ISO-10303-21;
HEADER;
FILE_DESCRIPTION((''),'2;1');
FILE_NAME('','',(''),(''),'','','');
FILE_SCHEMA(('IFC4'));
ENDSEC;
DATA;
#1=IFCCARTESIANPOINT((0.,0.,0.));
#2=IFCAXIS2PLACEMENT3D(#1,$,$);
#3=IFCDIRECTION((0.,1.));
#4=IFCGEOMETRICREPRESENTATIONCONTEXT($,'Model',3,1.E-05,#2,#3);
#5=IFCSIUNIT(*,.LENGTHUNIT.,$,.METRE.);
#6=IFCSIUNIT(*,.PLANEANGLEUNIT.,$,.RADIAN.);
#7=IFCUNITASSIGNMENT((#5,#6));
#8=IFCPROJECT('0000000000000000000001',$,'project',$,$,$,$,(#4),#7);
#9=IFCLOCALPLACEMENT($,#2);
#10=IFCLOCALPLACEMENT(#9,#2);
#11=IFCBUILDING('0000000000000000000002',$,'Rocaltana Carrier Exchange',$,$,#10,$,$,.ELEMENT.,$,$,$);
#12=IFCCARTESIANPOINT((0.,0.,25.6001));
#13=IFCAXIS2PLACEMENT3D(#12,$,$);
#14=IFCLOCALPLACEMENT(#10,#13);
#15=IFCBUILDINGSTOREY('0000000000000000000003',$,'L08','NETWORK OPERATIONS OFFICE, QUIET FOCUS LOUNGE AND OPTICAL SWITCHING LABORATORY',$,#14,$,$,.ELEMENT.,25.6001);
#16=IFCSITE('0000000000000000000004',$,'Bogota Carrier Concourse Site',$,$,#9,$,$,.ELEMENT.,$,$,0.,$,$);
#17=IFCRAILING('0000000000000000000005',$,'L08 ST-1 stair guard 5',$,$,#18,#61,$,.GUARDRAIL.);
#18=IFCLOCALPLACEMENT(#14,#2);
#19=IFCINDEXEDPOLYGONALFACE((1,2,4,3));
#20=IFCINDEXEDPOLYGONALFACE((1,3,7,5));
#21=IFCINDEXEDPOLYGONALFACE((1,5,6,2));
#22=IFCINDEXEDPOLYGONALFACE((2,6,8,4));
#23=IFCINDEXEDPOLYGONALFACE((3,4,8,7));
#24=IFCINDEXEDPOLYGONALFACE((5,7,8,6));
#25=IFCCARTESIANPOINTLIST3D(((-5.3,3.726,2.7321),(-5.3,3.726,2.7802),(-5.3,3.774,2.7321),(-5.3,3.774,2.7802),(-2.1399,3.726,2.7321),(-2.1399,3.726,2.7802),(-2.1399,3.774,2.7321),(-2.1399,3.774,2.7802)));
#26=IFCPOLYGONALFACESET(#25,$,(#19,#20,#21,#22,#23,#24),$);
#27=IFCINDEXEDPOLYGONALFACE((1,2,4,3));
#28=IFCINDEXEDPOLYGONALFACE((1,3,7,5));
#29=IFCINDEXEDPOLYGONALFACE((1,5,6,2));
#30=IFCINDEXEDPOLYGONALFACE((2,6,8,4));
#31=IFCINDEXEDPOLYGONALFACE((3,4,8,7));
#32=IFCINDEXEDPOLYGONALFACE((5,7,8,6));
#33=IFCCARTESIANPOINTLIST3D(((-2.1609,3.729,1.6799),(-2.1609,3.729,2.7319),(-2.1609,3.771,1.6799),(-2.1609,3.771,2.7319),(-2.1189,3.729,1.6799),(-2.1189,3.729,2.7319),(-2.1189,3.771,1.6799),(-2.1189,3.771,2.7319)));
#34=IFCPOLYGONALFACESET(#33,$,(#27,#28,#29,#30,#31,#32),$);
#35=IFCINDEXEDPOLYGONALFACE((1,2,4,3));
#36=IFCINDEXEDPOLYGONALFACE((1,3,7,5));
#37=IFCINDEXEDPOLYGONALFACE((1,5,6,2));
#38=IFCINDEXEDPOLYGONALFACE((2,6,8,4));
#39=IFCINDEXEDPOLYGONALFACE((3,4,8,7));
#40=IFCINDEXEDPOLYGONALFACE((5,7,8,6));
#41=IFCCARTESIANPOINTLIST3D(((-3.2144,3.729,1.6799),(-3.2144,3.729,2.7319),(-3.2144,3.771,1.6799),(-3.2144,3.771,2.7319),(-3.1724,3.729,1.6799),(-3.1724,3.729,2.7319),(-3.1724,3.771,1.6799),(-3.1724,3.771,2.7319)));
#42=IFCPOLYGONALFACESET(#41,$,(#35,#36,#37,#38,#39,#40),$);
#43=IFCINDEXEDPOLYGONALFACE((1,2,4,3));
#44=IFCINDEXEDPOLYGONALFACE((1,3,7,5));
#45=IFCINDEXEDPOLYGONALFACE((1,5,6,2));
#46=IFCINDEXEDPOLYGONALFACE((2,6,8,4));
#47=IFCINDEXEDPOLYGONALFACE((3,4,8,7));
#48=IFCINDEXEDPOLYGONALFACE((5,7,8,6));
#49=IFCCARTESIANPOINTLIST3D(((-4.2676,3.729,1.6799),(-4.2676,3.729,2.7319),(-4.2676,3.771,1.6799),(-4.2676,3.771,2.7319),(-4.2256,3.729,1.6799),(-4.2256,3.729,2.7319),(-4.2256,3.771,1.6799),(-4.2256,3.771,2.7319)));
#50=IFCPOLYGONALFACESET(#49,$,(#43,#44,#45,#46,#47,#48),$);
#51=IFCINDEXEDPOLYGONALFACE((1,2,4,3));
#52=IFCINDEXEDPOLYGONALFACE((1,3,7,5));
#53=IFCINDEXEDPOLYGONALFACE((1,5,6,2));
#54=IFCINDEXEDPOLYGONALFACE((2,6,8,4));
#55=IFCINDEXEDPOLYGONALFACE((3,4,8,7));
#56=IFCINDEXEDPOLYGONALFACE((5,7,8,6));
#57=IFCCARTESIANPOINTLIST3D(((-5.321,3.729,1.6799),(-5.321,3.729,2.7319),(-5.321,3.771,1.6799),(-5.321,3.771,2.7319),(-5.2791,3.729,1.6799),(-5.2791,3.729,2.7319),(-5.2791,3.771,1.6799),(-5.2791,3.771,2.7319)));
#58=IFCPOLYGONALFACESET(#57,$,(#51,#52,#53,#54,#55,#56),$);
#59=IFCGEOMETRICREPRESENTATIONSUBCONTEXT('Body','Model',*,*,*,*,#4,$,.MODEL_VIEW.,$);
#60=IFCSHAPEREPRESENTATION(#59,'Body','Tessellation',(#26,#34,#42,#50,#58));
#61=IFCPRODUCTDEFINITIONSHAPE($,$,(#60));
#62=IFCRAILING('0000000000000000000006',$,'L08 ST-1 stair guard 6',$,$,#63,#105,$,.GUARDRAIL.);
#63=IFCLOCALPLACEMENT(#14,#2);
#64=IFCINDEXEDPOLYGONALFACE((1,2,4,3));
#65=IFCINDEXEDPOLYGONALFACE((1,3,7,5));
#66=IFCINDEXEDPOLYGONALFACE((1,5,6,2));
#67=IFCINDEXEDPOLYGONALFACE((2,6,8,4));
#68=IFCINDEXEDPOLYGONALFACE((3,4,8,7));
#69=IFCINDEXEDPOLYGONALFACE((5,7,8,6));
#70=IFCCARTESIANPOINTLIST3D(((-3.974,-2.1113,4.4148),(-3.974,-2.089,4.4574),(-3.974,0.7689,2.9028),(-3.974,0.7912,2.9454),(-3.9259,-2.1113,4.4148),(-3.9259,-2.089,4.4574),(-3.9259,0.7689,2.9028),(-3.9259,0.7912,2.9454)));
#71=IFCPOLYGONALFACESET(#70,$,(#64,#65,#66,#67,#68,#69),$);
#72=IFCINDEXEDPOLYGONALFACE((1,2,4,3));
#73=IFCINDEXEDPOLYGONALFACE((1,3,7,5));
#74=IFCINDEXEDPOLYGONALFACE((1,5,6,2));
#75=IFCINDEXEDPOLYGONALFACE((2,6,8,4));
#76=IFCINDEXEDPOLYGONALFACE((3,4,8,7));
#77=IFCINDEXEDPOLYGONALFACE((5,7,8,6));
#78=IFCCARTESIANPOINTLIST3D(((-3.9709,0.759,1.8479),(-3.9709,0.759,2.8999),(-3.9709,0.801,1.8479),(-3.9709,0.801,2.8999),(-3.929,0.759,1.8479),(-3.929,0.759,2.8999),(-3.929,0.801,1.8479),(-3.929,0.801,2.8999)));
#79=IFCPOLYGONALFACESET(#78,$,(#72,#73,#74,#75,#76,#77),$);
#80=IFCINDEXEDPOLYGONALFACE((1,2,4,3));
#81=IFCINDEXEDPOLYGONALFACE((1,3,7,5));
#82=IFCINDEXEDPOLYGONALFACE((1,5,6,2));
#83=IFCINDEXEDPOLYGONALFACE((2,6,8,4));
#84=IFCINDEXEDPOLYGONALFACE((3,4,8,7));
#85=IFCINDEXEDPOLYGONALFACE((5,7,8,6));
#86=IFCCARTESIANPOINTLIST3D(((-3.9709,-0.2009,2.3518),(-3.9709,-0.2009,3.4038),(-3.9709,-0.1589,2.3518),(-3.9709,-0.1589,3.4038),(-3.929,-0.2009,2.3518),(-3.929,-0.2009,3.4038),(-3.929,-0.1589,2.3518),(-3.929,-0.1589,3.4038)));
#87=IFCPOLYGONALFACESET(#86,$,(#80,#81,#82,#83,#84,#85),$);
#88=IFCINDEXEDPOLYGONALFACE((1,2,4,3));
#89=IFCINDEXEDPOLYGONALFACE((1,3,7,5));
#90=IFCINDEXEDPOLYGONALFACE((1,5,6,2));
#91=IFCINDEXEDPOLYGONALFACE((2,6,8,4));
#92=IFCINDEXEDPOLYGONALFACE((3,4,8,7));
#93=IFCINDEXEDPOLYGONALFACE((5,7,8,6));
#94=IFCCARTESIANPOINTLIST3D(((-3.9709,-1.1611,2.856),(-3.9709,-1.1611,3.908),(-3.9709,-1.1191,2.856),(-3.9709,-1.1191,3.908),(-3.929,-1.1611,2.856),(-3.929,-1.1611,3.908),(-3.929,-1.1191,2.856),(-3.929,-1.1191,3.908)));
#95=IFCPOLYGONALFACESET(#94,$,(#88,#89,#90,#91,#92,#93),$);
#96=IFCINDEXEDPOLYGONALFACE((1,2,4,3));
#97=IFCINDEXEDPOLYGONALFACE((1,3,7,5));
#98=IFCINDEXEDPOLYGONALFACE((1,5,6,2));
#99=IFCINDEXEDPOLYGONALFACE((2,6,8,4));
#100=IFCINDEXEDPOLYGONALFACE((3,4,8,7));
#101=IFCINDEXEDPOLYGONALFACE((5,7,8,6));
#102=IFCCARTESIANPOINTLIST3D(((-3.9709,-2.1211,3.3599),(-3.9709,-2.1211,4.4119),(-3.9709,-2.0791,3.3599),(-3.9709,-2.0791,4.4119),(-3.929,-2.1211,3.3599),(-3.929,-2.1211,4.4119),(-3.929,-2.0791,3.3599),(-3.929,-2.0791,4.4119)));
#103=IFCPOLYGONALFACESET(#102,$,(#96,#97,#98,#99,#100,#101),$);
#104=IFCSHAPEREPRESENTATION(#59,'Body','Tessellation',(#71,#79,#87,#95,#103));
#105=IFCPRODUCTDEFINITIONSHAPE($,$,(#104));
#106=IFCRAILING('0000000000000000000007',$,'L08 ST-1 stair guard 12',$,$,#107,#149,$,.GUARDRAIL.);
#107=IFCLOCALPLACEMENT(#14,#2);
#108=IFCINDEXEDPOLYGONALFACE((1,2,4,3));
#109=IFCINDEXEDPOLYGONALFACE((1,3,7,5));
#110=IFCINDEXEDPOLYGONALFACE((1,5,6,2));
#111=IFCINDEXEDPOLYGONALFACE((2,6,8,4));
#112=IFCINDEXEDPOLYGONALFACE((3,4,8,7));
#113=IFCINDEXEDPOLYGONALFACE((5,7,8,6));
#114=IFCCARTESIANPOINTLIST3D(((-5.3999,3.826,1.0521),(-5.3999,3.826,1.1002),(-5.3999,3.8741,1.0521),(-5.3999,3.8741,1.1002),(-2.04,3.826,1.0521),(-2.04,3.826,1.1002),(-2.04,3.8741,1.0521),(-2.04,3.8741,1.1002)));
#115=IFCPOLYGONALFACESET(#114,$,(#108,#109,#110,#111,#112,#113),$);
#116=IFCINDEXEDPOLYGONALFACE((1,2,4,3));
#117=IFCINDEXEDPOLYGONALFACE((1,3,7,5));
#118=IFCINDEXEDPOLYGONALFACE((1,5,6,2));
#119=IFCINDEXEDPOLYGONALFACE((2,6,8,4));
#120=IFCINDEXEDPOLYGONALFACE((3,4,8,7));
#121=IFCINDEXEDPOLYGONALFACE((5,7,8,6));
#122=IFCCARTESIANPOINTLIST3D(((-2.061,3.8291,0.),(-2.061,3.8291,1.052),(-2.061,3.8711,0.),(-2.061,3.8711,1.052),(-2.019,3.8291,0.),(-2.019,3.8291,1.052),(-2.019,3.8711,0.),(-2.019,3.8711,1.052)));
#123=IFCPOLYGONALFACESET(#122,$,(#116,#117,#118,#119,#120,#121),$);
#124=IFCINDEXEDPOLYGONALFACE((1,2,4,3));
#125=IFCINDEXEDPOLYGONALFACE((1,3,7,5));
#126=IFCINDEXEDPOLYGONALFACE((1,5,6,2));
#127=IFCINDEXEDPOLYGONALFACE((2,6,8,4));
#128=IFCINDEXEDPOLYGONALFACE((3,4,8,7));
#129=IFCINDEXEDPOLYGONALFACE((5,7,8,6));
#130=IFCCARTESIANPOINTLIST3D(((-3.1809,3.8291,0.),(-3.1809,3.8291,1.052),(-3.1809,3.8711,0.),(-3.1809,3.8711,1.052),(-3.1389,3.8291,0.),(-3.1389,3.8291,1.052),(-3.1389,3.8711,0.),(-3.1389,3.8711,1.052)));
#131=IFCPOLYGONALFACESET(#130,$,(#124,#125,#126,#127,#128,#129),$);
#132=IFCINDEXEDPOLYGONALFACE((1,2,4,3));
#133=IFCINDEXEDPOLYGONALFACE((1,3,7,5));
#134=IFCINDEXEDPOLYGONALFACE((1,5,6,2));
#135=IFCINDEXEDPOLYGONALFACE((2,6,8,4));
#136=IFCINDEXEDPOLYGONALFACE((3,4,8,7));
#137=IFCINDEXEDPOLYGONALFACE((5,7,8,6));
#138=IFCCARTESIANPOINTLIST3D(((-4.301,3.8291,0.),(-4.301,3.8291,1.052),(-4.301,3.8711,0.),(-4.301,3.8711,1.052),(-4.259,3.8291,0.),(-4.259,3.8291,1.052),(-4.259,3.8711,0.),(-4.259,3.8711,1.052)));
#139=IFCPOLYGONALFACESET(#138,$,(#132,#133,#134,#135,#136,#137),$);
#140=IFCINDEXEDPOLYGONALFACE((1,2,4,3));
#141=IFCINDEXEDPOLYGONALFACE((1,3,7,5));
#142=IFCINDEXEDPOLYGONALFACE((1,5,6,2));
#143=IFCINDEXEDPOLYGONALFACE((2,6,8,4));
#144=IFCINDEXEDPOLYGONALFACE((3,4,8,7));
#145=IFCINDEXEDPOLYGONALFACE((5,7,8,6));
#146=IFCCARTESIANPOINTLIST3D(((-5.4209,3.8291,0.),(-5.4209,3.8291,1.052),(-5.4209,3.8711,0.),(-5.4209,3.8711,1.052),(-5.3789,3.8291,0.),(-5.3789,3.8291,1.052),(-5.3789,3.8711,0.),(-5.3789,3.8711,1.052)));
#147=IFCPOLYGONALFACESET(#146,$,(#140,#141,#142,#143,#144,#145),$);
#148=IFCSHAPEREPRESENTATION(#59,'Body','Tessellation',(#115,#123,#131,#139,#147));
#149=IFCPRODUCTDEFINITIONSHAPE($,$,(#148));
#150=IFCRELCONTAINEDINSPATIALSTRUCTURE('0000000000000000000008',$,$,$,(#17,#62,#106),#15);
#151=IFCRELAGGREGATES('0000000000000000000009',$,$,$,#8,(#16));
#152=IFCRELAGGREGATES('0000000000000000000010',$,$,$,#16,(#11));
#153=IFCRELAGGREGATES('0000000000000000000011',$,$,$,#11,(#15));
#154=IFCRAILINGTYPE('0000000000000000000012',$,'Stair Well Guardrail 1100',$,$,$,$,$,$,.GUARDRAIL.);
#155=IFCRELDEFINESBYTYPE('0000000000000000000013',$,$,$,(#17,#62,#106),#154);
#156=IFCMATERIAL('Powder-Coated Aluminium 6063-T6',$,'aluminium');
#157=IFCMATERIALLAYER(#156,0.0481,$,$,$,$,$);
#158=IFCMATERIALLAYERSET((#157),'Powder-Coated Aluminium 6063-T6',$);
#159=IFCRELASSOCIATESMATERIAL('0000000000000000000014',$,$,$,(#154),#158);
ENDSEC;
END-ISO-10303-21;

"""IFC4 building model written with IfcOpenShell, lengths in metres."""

from ifc_helpers import new_model, si_unit, direction, frame, origin, origin_2d, place, context, subcontext, project, spatial, rectangle, extrude, material, layer, layer_set, type_object, element, save


model = new_model("IFC4")

# Units and contexts
model_context = context("Model", 3, precision=1e-05, world=origin(), true_north=direction((0.0, 1.0)))
body_context = subcontext(model_context, "Body", "Model", "MODEL_VIEW")
ifc_project = project(units=[si_unit("LENGTHUNIT", "METRE"), si_unit("PLANEANGLEUNIT", "RADIAN")], contexts=[model_context])

# Site, building, storey
site_placement = place(None, origin())
site = spatial("IfcSite", under=ifc_project, at=site_placement, Name="Bogota Carrier Concourse Site", CompositionType="ELEMENT", RefElevation=0.0)
building_placement = place(site_placement, origin())
building = spatial("IfcBuilding", under=site, at=building_placement, Name="Rocaltana Carrier Exchange", CompositionType="ELEMENT")
storey_placement = place(building_placement, frame((0.0, 0.0, 25.6001)))
storey = spatial("IfcBuildingStorey", under=building, at=storey_placement, Name="L08", Description="NETWORK OPERATIONS OFFICE, QUIET FOCUS LOUNGE AND OPTICAL SWITCHING LABORATORY", CompositionType="ELEMENT", Elevation=25.6001)

# Railings
ifc_material_1 = material(Name="Powder-Coated Aluminium 6063-T6", Category="aluminium")
ifc_layer_1 = layer(ifc_material_1, 0.0481)
ifc_layer_set_1 = layer_set([ifc_layer_1], Name="Powder-Coated Aluminium 6063-T6")
railing_type_1 = type_object("IfcRailingType", Name="Stair Well Guardrail 1100", PredefinedType="GUARDRAIL", material=ifc_layer_set_1)
railing_1_placement = place(storey_placement, frame((-2.1399, 3.75, 1.6799)))
element("IfcRailing", 1, at=railing_1_placement, inside=storey, type_object=railing_type_1, Name="L08 ST-1 stair guard 5", PredefinedType="GUARDRAIL", context=body_context, shape_type="SweptSolid", body=[
    extrude(rectangle(XDim=0.0481, YDim=0.0481, at=origin_2d()), frame((0.0, 0.0, 1.0762), z_axis=(-1.0, 0.0, 0.0), x_axis=(0.0, -1.0, 0.0)), (0.0, 0.0, 1.0), 3.1602),
    extrude(rectangle(XDim=0.042, YDim=0.042, at=origin_2d()), origin(), (0.0, 0.0, 1.0), 1.052),
    extrude(rectangle(XDim=0.042, YDim=0.042, at=origin_2d()), frame((-1.0535, 0.0, 0.0)), (0.0, 0.0, 1.0), 1.052),
    extrude(rectangle(XDim=0.042, YDim=0.042, at=origin_2d()), frame((-2.1067, 0.0, 0.0)), (0.0, 0.0, 1.0), 1.052),
    extrude(rectangle(XDim=0.042, YDim=0.042, at=origin_2d()), frame((-3.1602, 0.0, 0.0)), (0.0, 0.0, 1.0), 1.052),
])
railing_2_placement = place(storey_placement, frame((-3.95, 0.78, 1.8479)))
element("IfcRailing", 2, at=railing_2_placement, inside=storey, type_object=railing_type_1, Name="L08 ST-1 stair guard 6", PredefinedType="GUARDRAIL", context=body_context, shape_type="SweptSolid", body=[
    extrude(rectangle(XDim=0.0481, YDim=0.0481, at=origin_2d()), frame((0.0, 0.0, 1.0762), z_axis=(0.0, -0.885411, 0.464809), x_axis=(1.0, 0.0, 0.0)), (0.0, 0.0, 1.0), 3.2529),
    extrude(rectangle(XDim=0.042, YDim=0.042, at=origin_2d()), origin(), (0.0, 0.0, 1.0), 1.052),
    extrude(rectangle(XDim=0.042, YDim=0.042, at=origin_2d()), frame((0.0, -0.96, 0.5039)), (0.0, 0.0, 1.0), 1.052),
    extrude(rectangle(XDim=0.042, YDim=0.042, at=origin_2d()), frame((0.0, -1.9202, 1.0081)), (0.0, 0.0, 1.0), 1.052),
    extrude(rectangle(XDim=0.042, YDim=0.042, at=origin_2d()), frame((0.0, -2.8801, 1.512)), (0.0, 0.0, 1.0), 1.052),
])
railing_3_placement = place(storey_placement, frame((-2.04, 3.8501, 0.0)))
element("IfcRailing", 3, at=railing_3_placement, inside=storey, type_object=railing_type_1, Name="L08 ST-1 stair guard 12", PredefinedType="GUARDRAIL", context=body_context, shape_type="SweptSolid", body=[
    extrude(rectangle(XDim=0.0481, YDim=0.0481, at=origin_2d()), frame((0.0, 0.0, 1.0762), z_axis=(-1.0, 0.0, 0.0), x_axis=(0.0, -1.0, 0.0)), (0.0, 0.0, 1.0), 3.3599),
    extrude(rectangle(XDim=0.042, YDim=0.042, at=origin_2d()), origin(), (0.0, 0.0, 1.0), 1.052),
    extrude(rectangle(XDim=0.042, YDim=0.042, at=origin_2d()), frame((-1.1199, 0.0, 0.0)), (0.0, 0.0, 1.0), 1.052),
    extrude(rectangle(XDim=0.042, YDim=0.042, at=origin_2d()), frame((-2.24, 0.0, 0.0)), (0.0, 0.0, 1.0), 1.052),
    extrude(rectangle(XDim=0.042, YDim=0.042, at=origin_2d()), frame((-3.3599, 0.0, 0.0)), (0.0, 0.0, 1.0), 1.052),
])

save(model, "model.ifc")
